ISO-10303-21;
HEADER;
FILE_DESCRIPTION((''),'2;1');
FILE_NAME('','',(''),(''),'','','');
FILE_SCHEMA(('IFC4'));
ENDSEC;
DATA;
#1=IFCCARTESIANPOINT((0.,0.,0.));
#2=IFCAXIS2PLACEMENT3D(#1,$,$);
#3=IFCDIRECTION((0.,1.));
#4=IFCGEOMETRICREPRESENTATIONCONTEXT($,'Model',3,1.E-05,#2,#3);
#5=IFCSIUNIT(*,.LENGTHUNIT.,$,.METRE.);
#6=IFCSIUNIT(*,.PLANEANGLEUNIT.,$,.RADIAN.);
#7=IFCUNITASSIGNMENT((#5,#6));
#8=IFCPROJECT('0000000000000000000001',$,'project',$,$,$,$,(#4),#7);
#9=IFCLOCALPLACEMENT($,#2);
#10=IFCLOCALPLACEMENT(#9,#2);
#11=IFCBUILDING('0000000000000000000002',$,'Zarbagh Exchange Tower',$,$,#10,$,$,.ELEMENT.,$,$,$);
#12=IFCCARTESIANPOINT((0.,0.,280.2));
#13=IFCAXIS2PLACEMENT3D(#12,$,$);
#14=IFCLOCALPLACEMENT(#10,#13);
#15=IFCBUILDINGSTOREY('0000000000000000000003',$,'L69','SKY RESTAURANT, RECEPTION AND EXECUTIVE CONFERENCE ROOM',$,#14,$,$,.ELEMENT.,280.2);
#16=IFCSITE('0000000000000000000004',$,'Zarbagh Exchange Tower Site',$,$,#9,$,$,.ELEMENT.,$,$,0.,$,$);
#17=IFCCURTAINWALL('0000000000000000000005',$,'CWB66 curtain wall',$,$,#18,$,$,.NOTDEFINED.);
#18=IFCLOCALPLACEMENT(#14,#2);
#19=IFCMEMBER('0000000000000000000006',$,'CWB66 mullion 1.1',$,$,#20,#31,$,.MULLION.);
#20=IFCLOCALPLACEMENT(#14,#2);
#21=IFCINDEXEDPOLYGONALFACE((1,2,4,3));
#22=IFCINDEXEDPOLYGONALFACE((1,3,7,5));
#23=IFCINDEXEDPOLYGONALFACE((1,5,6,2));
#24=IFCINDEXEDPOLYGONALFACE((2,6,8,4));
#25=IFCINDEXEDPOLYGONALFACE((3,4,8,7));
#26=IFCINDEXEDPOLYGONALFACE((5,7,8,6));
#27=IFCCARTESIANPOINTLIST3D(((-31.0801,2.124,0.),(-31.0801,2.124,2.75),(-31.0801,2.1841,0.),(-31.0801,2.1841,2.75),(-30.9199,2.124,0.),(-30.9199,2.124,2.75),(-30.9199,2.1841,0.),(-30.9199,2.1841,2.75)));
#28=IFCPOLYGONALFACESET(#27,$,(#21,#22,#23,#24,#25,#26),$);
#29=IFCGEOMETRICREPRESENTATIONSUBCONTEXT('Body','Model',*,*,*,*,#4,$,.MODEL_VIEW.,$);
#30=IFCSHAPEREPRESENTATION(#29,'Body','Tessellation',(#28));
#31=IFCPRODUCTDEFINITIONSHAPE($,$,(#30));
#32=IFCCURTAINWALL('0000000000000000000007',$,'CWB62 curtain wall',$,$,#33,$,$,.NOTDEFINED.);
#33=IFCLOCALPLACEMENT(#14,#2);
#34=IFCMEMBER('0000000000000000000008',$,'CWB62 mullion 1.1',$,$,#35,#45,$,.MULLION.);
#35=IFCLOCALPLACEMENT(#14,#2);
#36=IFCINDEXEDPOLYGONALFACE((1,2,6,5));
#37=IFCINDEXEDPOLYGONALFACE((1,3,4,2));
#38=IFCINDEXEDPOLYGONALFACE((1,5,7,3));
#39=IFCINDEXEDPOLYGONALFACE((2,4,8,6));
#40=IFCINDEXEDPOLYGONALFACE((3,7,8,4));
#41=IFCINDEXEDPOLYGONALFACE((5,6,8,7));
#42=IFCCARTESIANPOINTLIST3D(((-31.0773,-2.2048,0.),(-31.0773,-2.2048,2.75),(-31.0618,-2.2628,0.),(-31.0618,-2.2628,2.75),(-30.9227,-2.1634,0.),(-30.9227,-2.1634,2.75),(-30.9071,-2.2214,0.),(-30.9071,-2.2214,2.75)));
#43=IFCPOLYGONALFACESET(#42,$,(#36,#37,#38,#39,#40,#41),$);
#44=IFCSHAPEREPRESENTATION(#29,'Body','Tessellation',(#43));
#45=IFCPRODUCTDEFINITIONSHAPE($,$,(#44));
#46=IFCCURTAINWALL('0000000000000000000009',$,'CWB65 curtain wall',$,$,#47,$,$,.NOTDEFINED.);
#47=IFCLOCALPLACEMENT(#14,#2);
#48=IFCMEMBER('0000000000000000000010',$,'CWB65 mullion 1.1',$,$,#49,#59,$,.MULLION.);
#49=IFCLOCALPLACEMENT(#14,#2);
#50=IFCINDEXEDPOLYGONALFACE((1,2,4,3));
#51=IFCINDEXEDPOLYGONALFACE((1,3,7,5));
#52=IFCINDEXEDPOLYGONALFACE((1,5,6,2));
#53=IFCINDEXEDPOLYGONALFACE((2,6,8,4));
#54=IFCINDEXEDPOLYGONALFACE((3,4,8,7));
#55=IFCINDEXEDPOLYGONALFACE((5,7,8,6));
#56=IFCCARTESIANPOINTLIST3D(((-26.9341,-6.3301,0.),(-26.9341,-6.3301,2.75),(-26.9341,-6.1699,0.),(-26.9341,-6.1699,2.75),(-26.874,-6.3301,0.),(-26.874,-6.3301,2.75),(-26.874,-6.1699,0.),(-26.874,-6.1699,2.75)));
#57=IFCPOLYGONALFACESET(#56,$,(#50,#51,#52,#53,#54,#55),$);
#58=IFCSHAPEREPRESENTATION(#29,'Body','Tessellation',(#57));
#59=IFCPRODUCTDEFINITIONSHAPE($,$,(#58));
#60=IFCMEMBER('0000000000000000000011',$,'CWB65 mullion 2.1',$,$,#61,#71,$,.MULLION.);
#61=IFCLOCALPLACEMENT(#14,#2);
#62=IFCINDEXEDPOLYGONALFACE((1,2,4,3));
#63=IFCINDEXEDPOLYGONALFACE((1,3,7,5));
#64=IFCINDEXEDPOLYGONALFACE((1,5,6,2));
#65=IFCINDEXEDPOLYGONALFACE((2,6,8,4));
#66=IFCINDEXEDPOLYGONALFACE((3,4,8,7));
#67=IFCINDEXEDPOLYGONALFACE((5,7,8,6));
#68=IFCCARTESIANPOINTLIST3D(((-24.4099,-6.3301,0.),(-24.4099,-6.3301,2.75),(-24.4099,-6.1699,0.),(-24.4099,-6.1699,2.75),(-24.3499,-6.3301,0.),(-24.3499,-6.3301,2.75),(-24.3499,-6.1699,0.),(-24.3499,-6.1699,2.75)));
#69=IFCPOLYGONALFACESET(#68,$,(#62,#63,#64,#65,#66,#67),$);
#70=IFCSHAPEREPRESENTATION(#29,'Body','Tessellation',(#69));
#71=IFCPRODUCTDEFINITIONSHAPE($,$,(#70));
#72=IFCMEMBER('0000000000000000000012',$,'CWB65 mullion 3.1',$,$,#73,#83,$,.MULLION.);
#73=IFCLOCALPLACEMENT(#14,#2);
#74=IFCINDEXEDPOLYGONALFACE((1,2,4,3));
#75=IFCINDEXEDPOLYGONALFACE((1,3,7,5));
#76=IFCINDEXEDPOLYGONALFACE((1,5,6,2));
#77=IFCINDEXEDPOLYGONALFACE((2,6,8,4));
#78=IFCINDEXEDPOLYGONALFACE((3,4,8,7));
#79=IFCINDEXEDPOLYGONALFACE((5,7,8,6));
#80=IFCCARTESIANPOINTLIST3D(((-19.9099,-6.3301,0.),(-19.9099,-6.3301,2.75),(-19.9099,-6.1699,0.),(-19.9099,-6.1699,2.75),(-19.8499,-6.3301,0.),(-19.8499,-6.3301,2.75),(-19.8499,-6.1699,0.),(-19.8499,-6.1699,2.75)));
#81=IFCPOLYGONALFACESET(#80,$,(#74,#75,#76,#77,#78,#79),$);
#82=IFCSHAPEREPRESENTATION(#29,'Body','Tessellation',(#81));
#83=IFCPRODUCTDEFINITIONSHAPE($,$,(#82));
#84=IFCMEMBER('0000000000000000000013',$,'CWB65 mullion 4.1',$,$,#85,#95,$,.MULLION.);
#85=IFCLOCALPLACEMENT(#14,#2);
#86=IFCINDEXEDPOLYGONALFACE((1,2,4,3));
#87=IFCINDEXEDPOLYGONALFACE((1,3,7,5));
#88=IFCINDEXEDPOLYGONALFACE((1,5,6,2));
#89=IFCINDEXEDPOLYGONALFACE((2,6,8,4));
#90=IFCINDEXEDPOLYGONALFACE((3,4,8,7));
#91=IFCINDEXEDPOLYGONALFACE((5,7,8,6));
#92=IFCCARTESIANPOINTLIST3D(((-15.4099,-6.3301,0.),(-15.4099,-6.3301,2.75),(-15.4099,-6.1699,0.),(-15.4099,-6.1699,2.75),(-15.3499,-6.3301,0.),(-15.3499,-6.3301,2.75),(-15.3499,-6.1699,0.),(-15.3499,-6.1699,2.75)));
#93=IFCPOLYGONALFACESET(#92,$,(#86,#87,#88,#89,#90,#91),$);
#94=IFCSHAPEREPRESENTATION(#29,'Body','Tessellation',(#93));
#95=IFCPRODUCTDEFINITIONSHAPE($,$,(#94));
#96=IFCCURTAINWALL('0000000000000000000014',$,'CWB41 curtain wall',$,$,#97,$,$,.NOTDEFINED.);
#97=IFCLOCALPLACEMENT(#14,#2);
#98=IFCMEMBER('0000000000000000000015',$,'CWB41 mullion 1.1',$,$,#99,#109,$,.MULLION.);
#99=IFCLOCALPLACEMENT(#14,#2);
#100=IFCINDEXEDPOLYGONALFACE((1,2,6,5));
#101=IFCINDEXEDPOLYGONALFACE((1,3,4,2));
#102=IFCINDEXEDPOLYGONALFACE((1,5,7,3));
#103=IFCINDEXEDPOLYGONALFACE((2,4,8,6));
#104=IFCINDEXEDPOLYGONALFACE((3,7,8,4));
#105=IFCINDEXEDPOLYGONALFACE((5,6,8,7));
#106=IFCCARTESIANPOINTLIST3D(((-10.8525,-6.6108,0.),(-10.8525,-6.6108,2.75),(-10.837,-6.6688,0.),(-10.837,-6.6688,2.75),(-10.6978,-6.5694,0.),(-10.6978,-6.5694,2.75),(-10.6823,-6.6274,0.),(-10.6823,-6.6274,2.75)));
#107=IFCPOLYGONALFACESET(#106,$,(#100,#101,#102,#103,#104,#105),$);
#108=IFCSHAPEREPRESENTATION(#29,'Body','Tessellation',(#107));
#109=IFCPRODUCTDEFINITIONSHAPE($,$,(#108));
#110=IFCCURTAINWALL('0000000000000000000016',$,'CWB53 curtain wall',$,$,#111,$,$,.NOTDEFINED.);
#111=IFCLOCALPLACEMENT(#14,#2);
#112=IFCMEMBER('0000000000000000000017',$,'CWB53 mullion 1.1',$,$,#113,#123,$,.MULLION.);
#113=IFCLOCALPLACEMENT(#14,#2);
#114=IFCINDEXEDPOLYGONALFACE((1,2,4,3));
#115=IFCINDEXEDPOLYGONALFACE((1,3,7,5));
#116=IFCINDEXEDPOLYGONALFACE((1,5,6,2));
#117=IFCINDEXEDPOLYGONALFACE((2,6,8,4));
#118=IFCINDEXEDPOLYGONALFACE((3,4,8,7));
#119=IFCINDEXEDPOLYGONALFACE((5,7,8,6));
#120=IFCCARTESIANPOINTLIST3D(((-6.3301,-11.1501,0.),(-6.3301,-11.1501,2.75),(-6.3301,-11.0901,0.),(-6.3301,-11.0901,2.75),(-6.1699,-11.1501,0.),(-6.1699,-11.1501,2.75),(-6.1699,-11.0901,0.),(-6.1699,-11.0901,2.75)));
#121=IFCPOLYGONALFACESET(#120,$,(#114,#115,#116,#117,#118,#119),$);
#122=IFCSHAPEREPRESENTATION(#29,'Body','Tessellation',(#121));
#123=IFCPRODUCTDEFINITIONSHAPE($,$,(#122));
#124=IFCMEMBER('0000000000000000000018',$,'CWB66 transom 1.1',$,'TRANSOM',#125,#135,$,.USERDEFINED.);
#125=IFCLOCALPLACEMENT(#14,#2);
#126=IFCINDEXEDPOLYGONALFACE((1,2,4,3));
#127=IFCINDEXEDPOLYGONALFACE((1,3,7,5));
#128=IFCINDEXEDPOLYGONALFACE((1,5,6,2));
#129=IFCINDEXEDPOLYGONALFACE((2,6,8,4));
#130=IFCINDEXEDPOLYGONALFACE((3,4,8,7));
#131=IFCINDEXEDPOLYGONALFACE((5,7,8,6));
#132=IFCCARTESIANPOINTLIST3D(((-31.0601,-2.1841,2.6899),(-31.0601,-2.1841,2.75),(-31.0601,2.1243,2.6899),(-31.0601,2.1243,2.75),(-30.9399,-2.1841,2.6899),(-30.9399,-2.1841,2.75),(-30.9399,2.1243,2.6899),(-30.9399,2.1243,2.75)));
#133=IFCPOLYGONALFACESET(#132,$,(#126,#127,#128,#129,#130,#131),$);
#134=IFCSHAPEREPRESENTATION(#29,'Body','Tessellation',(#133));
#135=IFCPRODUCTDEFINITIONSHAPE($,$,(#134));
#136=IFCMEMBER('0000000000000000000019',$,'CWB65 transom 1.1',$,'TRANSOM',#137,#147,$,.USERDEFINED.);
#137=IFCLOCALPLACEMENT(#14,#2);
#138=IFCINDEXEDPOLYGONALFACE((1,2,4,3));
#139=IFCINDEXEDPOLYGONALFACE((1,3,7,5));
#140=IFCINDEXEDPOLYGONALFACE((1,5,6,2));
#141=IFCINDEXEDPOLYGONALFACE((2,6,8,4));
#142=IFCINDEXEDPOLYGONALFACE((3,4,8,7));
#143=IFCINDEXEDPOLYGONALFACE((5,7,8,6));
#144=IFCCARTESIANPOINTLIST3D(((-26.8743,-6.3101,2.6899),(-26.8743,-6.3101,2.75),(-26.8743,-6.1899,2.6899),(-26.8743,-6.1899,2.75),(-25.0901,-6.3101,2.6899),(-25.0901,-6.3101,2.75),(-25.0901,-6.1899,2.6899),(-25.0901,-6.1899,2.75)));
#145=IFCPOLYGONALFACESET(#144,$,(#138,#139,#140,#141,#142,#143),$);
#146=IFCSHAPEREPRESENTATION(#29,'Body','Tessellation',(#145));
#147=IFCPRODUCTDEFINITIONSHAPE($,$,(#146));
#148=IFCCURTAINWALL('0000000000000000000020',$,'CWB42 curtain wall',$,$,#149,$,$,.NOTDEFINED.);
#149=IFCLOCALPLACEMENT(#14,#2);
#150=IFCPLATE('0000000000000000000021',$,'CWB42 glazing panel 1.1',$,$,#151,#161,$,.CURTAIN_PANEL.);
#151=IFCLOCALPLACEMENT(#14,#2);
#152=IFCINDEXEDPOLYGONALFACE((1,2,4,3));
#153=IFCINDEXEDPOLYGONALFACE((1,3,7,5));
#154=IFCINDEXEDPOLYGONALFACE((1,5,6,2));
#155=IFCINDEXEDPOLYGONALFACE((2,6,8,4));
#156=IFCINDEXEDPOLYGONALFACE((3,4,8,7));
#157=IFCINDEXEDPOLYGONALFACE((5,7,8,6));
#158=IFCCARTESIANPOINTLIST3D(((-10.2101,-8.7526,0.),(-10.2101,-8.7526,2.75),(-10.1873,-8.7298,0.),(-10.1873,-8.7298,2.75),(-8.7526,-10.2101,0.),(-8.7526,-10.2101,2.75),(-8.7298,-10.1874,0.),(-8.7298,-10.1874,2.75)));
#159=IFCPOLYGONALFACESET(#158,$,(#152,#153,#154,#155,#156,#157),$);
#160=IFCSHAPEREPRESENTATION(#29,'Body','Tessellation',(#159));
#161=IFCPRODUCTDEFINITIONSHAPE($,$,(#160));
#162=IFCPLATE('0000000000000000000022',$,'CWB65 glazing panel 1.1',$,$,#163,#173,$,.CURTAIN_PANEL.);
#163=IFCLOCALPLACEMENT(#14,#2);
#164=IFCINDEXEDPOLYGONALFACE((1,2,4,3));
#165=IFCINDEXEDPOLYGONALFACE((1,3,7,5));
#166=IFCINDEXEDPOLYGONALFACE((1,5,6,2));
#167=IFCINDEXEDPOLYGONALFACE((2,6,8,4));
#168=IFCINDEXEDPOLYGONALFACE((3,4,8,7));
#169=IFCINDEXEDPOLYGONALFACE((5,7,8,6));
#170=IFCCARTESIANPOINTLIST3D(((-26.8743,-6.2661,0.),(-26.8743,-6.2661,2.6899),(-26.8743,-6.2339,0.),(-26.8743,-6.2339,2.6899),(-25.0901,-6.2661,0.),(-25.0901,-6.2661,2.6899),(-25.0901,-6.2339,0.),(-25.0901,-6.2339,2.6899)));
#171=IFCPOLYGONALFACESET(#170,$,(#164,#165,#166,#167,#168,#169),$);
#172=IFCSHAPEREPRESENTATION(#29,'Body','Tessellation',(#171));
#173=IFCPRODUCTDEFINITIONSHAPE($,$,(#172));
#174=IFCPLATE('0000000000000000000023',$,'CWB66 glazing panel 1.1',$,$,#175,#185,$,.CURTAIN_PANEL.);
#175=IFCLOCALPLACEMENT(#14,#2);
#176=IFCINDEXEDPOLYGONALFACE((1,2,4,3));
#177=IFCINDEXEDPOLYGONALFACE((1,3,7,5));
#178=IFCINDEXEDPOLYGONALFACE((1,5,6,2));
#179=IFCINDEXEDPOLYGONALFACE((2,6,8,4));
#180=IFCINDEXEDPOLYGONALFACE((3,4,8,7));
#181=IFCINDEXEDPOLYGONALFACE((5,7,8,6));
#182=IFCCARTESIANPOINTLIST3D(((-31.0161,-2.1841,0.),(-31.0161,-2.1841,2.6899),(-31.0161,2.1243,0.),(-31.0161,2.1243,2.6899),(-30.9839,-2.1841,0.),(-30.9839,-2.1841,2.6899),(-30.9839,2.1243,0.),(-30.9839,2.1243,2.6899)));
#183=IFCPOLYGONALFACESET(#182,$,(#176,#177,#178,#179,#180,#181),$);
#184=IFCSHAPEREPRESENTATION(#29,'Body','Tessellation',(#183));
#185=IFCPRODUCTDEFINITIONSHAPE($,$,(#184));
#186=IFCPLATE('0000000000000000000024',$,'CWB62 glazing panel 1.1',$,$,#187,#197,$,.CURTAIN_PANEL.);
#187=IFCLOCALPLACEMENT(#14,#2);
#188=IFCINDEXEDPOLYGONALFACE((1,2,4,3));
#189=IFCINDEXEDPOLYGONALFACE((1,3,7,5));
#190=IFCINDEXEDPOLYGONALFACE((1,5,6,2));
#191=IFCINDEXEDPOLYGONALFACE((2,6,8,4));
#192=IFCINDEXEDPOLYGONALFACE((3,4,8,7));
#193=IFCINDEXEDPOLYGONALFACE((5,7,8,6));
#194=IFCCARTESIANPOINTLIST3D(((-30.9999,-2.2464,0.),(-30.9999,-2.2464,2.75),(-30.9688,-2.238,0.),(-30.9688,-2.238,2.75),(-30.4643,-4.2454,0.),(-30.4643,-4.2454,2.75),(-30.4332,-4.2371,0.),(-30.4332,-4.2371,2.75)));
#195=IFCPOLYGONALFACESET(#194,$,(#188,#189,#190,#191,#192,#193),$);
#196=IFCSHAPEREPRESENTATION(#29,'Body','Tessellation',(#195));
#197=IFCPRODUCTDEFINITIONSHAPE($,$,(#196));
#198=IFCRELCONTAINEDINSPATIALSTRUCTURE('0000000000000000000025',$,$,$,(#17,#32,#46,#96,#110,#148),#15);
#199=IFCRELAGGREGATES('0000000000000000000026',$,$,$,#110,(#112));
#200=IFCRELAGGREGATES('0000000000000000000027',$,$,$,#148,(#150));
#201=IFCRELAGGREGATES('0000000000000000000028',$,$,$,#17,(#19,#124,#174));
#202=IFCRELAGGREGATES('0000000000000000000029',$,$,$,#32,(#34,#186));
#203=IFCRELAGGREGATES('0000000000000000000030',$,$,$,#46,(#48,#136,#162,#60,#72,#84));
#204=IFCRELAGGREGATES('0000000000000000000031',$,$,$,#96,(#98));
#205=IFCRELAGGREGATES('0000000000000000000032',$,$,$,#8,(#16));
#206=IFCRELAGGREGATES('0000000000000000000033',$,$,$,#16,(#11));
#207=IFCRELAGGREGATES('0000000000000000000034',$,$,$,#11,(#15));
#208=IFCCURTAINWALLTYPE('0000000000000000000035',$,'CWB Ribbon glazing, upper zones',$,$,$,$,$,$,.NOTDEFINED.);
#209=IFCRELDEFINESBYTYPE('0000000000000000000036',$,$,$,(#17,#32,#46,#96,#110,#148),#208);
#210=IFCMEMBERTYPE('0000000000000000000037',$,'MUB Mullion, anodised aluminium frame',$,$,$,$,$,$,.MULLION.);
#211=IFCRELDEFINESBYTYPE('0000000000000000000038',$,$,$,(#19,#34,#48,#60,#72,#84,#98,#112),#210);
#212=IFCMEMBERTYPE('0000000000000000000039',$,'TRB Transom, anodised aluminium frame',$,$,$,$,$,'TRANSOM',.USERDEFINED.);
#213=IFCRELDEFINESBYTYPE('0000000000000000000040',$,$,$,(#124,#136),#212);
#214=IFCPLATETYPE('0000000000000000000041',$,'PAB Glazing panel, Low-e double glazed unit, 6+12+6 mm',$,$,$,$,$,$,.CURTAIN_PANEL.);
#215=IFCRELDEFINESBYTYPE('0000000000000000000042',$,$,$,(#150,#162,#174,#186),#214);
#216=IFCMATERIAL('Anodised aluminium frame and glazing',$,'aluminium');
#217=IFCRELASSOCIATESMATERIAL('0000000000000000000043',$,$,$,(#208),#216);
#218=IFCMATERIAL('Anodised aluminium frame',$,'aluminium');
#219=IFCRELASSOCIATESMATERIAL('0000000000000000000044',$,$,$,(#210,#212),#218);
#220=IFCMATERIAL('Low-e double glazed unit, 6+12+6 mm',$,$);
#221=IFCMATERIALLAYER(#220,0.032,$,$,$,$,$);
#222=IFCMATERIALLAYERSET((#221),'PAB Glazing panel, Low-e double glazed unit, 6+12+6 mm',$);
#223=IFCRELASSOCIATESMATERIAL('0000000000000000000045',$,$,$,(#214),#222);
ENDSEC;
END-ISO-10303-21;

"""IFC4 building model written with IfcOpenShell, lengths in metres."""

from ifc_helpers import new_model, si_unit, direction, frame, origin, place, context, subcontext, project, spatial, polyline, outline, extrude, source, transform, mapped, material, layer, layer_set, type_object, element, aggregate, save


model = new_model("IFC4")

# Units and contexts
model_context = context("Model", 3, precision=1e-05, world=origin(), true_north=direction((0.0, 1.0)))
body_context = subcontext(model_context, "Body", "Model", "MODEL_VIEW")
ifc_project = project(units=[si_unit("LENGTHUNIT", "METRE"), si_unit("PLANEANGLEUNIT", "RADIAN")], contexts=[model_context])

# Site, building, storey
site_placement = place(None, origin())
site = spatial("IfcSite", under=ifc_project, at=site_placement, Name="Zarbagh Exchange Tower Site", CompositionType="ELEMENT", RefElevation=0.0)
building_placement = place(site_placement, origin())
building = spatial("IfcBuilding", under=site, at=building_placement, Name="Zarbagh Exchange Tower", CompositionType="ELEMENT")
storey_placement = place(building_placement, frame((0.0, 0.0, 280.2)))
storey = spatial("IfcBuildingStorey", under=building, at=storey_placement, Name="L69", Description="SKY RESTAURANT, RECEPTION AND EXECUTIVE CONFERENCE ROOM", CompositionType="ELEMENT", Elevation=280.2)

# Curtain walls, members
ifc_material_1 = material(Name="Anodised aluminium frame and glazing", Category="aluminium")
curtain_wall_type = type_object("IfcCurtainWallType", Name="CWB Ribbon glazing, upper zones", PredefinedType="NOTDEFINED", material=ifc_material_1)
curtain_wall_1_placement = place(storey_placement, origin())
curtain_wall_1 = element("IfcCurtainWall", 1, at=curtain_wall_1_placement, inside=storey, type_object=curtain_wall_type, Name="CWB66 curtain wall", PredefinedType="NOTDEFINED")
ifc_material_2 = material(Name="Anodised aluminium frame", Category="aluminium")
member_type_1 = type_object("IfcMemberType", Name="MUB Mullion, anodised aluminium frame", PredefinedType="MULLION", material=ifc_material_2)
shared_shape_1 = source(origin(), body_context, "Body", "SweptSolid", [
    extrude(outline(polyline([(0.0, -0.0801), (0.0601, -0.0801), (0.0601, 0.0801), (0.0, 0.0801), (0.0, -0.0801)])), origin(), (0.0, 0.0, 1.0), 2.75),
])
placement = place(storey_placement, origin())
member_1 = element("IfcMember", 2, at=placement, type_object=member_type_1, Name="CWB66 mullion 1.1", PredefinedType="MULLION", context=body_context, shape_type="MappedRepresentation", body=[
    mapped(shared_shape_1, transform((-31.0, 2.1841, 0.0), x_axis=(0.0, -1.0, 0.0), y_axis=(1.0, 0.0, 0.0), z_axis=(0.0, 0.0, 1.0))),
])
curtain_wall_2_placement = place(storey_placement, origin())
curtain_wall_2 = element("IfcCurtainWall", 3, at=curtain_wall_2_placement, inside=storey, type_object=curtain_wall_type, Name="CWB62 curtain wall", PredefinedType="NOTDEFINED")
member_2 = element("IfcMember", 4, at=placement, type_object=member_type_1, Name="CWB62 mullion 1.1", PredefinedType="MULLION", context=body_context, shape_type="MappedRepresentation", body=[
    mapped(shared_shape_1, transform((-31.0, -2.1841, 0.0), x_axis=(0.258825, -0.965924, 0.0), y_axis=(0.965924, 0.258825, 0.0), z_axis=(0.0, 0.0, 1.0))),
])

# Curtain wall, members
curtain_wall_3_placement = place(storey_placement, origin())
curtain_wall_3 = element("IfcCurtainWall", 5, at=curtain_wall_3_placement, inside=storey, type_object=curtain_wall_type, Name="CWB65 curtain wall", PredefinedType="NOTDEFINED")
member_3 = element("IfcMember", 6, at=placement, type_object=member_type_1, Name="CWB65 mullion 1.1", PredefinedType="MULLION", context=body_context, shape_type="MappedRepresentation", body=[
    mapped(shared_shape_1, transform((-26.9341, -6.25, 0.0), x_axis=(1.0, 0.0, 0.0), y_axis=(0.0, 1.0, 0.0), z_axis=(0.0, 0.0, 1.0))),
])
member_4 = element("IfcMember", 7, at=placement, type_object=member_type_1, Name="CWB65 mullion 2.1", PredefinedType="MULLION", context=body_context, shape_type="MappedRepresentation", body=[
    mapped(shared_shape_1, transform((-24.4099, -6.25, 0.0), x_axis=(1.0, 0.0, 0.0), y_axis=(0.0, 1.0, 0.0), z_axis=(0.0, 0.0, 1.0))),
])
member_5 = element("IfcMember", 8, at=placement, type_object=member_type_1, Name="CWB65 mullion 3.1", PredefinedType="MULLION", context=body_context, shape_type="MappedRepresentation", body=[
    mapped(shared_shape_1, transform((-19.9099, -6.25, 0.0), x_axis=(1.0, 0.0, 0.0), y_axis=(0.0, 1.0, 0.0), z_axis=(0.0, 0.0, 1.0))),
])
member_6 = element("IfcMember", 9, at=placement, type_object=member_type_1, Name="CWB65 mullion 4.1", PredefinedType="MULLION", context=body_context, shape_type="MappedRepresentation", body=[
    mapped(shared_shape_1, transform((-15.4099, -6.25, 0.0), x_axis=(1.0, 0.0, 0.0), y_axis=(0.0, 1.0, 0.0), z_axis=(0.0, 0.0, 1.0))),
])

# Curtain walls, members
curtain_wall_4_placement = place(storey_placement, origin())
curtain_wall_4 = element("IfcCurtainWall", 10, at=curtain_wall_4_placement, inside=storey, type_object=curtain_wall_type, Name="CWB41 curtain wall", PredefinedType="NOTDEFINED")
member_7 = element("IfcMember", 11, at=placement, type_object=member_type_1, Name="CWB41 mullion 1.1", PredefinedType="MULLION", context=body_context, shape_type="MappedRepresentation", body=[
    mapped(shared_shape_1, transform((-10.7751, -6.5901, 0.0), x_axis=(0.258825, -0.965924, 0.0), y_axis=(0.965924, 0.258825, 0.0), z_axis=(0.0, 0.0, 1.0))),
])
curtain_wall_5_placement = place(storey_placement, origin())
curtain_wall_5 = element("IfcCurtainWall", 12, at=curtain_wall_5_placement, inside=storey, type_object=curtain_wall_type, Name="CWB53 curtain wall", PredefinedType="NOTDEFINED")
member_8 = element("IfcMember", 13, at=placement, type_object=member_type_1, Name="CWB53 mullion 1.1", PredefinedType="MULLION", context=body_context, shape_type="MappedRepresentation", body=[
    mapped(shared_shape_1, transform((-6.25, -11.0901, 0.0), x_axis=(0.0, -1.0, 0.0), y_axis=(1.0, 0.0, 0.0), z_axis=(0.0, 0.0, 1.0))),
])
aggregate(curtain_wall_5, [member_8])

# Members
member_type_2 = type_object("IfcMemberType", Name="TRB Transom, anodised aluminium frame", ElementType="TRANSOM", PredefinedType="USERDEFINED", material=ifc_material_2)
shared_shape_2 = source(origin(), body_context, "Body", "SweptSolid", [
    extrude(outline(polyline([(-0.0601, -0.0601), (0.0, -0.0601), (0.0, 0.0601), (-0.0601, 0.0601), (-0.0601, -0.0601)])), origin(), (0.0, 0.0, 1.0), 4.3083),
])
member_9 = element("IfcMember", 14, at=placement, type_object=member_type_2, Name="CWB66 transom 1.1", ObjectType="TRANSOM", PredefinedType="USERDEFINED", context=body_context, shape_type="MappedRepresentation", body=[
    mapped(shared_shape_2, transform((-31.0, 2.1243, 2.75), x_axis=(0.0, 0.0, 1.0), y_axis=(-1.0, 0.0, 0.0), z_axis=(0.0, -1.0, 0.0))),
])
shared_shape_3 = source(origin(), body_context, "Body", "SweptSolid", [
    extrude(outline(polyline([(-0.0601, -0.0601), (0.0, -0.0601), (0.0, 0.0601), (-0.0601, 0.0601), (-0.0601, -0.0601)])), origin(), (0.0, 0.0, 1.0), 1.7842),
])
member_10 = element("IfcMember", 15, at=placement, type_object=member_type_2, Name="CWB65 transom 1.1", ObjectType="TRANSOM", PredefinedType="USERDEFINED", context=body_context, shape_type="MappedRepresentation", body=[
    mapped(shared_shape_3, transform((-26.8743, -6.25, 2.75), x_axis=(0.0, 0.0, 1.0), y_axis=(0.0, -1.0, 0.0), z_axis=(1.0, 0.0, 0.0))),
])

# Curtain wall, plate
curtain_wall_6_placement = place(storey_placement, origin())
curtain_wall_6 = element("IfcCurtainWall", 16, at=curtain_wall_6_placement, inside=storey, type_object=curtain_wall_type, Name="CWB42 curtain wall", PredefinedType="NOTDEFINED")
ifc_material_3 = material(Name="Low-e double glazed unit, 6+12+6 mm")
ifc_layer = layer(ifc_material_3, 0.032)
ifc_layer_set = layer_set([ifc_layer], Name="PAB Glazing panel, Low-e double glazed unit, 6+12+6 mm")
plate_type = type_object("IfcPlateType", Name="PAB Glazing panel, Low-e double glazed unit, 6+12+6 mm", PredefinedType="CURTAIN_PANEL", material=ifc_layer_set)
shared_shape_4 = source(origin(), body_context, "Body", "SweptSolid", [
    extrude(outline(polyline([(0.0, -0.0161), (2.0613, -0.0161), (2.0613, 0.0161), (0.0, 0.0161), (0.0, -0.0161)])), origin(), (0.0, 0.0, 1.0), 2.75),
])
plate_1 = element("IfcPlate", 17, at=placement, type_object=plate_type, Name="CWB42 glazing panel 1.1", PredefinedType="CURTAIN_PANEL", context=body_context, shape_type="MappedRepresentation", body=[
    mapped(shared_shape_4, transform((-10.1987, -8.7412, 0.0), x_axis=(0.707107, -0.707107, 0.0), y_axis=(0.707107, 0.707107, 0.0), z_axis=(0.0, 0.0, 1.0))),
])
aggregate(curtain_wall_6, [plate_1])

# Plates
shared_shape_5 = source(origin(), body_context, "Body", "SweptSolid", [
    extrude(outline(polyline([(0.0, -0.0161), (1.7842, -0.0161), (1.7842, 0.0161), (0.0, 0.0161), (0.0, -0.0161)])), origin(), (0.0, 0.0, 1.0), 2.6899),
])
plate_2 = element("IfcPlate", 18, at=placement, type_object=plate_type, Name="CWB65 glazing panel 1.1", PredefinedType="CURTAIN_PANEL", context=body_context, shape_type="MappedRepresentation", body=[
    mapped(shared_shape_5, transform((-26.8743, -6.25, 0.0), x_axis=(1.0, 0.0, 0.0), y_axis=(0.0, 1.0, 0.0), z_axis=(0.0, 0.0, 1.0))),
])
shared_shape_6 = source(origin(), body_context, "Body", "SweptSolid", [
    extrude(outline(polyline([(0.0, -0.0161), (4.3083, -0.0161), (4.3083, 0.0161), (0.0, 0.0161), (0.0, -0.0161)])), origin(), (0.0, 0.0, 1.0), 2.6899),
])
plate_3 = element("IfcPlate", 19, at=placement, type_object=plate_type, Name="CWB66 glazing panel 1.1", PredefinedType="CURTAIN_PANEL", context=body_context, shape_type="MappedRepresentation", body=[
    mapped(shared_shape_6, transform((-31.0, 2.1243, 0.0), x_axis=(0.0, -1.0, 0.0), y_axis=(1.0, 0.0, 0.0), z_axis=(0.0, 0.0, 1.0))),
])
aggregate(curtain_wall_1, [member_1, member_9, plate_3])
shared_shape_7 = source(origin(), body_context, "Body", "SweptSolid", [
    extrude(outline(polyline([(0.0, -0.0161), (2.0696, -0.0161), (2.0696, 0.0161), (0.0, 0.0161), (0.0, -0.0161)])), origin(), (0.0, 0.0, 1.0), 2.75),
])
plate_4 = element("IfcPlate", 20, at=placement, type_object=plate_type, Name="CWB62 glazing panel 1.1", PredefinedType="CURTAIN_PANEL", context=body_context, shape_type="MappedRepresentation", body=[
    mapped(shared_shape_7, transform((-30.9844, -2.2422, 0.0), x_axis=(0.258825, -0.965924, 0.0), y_axis=(0.965924, 0.258825, 0.0), z_axis=(0.0, 0.0, 1.0))),
])
aggregate(curtain_wall_2, [member_2, plate_4])
aggregate(curtain_wall_3, [member_3, member_10, plate_2, member_4, member_5, member_6])
aggregate(curtain_wall_4, [member_7])

save(model, "model.ifc")
